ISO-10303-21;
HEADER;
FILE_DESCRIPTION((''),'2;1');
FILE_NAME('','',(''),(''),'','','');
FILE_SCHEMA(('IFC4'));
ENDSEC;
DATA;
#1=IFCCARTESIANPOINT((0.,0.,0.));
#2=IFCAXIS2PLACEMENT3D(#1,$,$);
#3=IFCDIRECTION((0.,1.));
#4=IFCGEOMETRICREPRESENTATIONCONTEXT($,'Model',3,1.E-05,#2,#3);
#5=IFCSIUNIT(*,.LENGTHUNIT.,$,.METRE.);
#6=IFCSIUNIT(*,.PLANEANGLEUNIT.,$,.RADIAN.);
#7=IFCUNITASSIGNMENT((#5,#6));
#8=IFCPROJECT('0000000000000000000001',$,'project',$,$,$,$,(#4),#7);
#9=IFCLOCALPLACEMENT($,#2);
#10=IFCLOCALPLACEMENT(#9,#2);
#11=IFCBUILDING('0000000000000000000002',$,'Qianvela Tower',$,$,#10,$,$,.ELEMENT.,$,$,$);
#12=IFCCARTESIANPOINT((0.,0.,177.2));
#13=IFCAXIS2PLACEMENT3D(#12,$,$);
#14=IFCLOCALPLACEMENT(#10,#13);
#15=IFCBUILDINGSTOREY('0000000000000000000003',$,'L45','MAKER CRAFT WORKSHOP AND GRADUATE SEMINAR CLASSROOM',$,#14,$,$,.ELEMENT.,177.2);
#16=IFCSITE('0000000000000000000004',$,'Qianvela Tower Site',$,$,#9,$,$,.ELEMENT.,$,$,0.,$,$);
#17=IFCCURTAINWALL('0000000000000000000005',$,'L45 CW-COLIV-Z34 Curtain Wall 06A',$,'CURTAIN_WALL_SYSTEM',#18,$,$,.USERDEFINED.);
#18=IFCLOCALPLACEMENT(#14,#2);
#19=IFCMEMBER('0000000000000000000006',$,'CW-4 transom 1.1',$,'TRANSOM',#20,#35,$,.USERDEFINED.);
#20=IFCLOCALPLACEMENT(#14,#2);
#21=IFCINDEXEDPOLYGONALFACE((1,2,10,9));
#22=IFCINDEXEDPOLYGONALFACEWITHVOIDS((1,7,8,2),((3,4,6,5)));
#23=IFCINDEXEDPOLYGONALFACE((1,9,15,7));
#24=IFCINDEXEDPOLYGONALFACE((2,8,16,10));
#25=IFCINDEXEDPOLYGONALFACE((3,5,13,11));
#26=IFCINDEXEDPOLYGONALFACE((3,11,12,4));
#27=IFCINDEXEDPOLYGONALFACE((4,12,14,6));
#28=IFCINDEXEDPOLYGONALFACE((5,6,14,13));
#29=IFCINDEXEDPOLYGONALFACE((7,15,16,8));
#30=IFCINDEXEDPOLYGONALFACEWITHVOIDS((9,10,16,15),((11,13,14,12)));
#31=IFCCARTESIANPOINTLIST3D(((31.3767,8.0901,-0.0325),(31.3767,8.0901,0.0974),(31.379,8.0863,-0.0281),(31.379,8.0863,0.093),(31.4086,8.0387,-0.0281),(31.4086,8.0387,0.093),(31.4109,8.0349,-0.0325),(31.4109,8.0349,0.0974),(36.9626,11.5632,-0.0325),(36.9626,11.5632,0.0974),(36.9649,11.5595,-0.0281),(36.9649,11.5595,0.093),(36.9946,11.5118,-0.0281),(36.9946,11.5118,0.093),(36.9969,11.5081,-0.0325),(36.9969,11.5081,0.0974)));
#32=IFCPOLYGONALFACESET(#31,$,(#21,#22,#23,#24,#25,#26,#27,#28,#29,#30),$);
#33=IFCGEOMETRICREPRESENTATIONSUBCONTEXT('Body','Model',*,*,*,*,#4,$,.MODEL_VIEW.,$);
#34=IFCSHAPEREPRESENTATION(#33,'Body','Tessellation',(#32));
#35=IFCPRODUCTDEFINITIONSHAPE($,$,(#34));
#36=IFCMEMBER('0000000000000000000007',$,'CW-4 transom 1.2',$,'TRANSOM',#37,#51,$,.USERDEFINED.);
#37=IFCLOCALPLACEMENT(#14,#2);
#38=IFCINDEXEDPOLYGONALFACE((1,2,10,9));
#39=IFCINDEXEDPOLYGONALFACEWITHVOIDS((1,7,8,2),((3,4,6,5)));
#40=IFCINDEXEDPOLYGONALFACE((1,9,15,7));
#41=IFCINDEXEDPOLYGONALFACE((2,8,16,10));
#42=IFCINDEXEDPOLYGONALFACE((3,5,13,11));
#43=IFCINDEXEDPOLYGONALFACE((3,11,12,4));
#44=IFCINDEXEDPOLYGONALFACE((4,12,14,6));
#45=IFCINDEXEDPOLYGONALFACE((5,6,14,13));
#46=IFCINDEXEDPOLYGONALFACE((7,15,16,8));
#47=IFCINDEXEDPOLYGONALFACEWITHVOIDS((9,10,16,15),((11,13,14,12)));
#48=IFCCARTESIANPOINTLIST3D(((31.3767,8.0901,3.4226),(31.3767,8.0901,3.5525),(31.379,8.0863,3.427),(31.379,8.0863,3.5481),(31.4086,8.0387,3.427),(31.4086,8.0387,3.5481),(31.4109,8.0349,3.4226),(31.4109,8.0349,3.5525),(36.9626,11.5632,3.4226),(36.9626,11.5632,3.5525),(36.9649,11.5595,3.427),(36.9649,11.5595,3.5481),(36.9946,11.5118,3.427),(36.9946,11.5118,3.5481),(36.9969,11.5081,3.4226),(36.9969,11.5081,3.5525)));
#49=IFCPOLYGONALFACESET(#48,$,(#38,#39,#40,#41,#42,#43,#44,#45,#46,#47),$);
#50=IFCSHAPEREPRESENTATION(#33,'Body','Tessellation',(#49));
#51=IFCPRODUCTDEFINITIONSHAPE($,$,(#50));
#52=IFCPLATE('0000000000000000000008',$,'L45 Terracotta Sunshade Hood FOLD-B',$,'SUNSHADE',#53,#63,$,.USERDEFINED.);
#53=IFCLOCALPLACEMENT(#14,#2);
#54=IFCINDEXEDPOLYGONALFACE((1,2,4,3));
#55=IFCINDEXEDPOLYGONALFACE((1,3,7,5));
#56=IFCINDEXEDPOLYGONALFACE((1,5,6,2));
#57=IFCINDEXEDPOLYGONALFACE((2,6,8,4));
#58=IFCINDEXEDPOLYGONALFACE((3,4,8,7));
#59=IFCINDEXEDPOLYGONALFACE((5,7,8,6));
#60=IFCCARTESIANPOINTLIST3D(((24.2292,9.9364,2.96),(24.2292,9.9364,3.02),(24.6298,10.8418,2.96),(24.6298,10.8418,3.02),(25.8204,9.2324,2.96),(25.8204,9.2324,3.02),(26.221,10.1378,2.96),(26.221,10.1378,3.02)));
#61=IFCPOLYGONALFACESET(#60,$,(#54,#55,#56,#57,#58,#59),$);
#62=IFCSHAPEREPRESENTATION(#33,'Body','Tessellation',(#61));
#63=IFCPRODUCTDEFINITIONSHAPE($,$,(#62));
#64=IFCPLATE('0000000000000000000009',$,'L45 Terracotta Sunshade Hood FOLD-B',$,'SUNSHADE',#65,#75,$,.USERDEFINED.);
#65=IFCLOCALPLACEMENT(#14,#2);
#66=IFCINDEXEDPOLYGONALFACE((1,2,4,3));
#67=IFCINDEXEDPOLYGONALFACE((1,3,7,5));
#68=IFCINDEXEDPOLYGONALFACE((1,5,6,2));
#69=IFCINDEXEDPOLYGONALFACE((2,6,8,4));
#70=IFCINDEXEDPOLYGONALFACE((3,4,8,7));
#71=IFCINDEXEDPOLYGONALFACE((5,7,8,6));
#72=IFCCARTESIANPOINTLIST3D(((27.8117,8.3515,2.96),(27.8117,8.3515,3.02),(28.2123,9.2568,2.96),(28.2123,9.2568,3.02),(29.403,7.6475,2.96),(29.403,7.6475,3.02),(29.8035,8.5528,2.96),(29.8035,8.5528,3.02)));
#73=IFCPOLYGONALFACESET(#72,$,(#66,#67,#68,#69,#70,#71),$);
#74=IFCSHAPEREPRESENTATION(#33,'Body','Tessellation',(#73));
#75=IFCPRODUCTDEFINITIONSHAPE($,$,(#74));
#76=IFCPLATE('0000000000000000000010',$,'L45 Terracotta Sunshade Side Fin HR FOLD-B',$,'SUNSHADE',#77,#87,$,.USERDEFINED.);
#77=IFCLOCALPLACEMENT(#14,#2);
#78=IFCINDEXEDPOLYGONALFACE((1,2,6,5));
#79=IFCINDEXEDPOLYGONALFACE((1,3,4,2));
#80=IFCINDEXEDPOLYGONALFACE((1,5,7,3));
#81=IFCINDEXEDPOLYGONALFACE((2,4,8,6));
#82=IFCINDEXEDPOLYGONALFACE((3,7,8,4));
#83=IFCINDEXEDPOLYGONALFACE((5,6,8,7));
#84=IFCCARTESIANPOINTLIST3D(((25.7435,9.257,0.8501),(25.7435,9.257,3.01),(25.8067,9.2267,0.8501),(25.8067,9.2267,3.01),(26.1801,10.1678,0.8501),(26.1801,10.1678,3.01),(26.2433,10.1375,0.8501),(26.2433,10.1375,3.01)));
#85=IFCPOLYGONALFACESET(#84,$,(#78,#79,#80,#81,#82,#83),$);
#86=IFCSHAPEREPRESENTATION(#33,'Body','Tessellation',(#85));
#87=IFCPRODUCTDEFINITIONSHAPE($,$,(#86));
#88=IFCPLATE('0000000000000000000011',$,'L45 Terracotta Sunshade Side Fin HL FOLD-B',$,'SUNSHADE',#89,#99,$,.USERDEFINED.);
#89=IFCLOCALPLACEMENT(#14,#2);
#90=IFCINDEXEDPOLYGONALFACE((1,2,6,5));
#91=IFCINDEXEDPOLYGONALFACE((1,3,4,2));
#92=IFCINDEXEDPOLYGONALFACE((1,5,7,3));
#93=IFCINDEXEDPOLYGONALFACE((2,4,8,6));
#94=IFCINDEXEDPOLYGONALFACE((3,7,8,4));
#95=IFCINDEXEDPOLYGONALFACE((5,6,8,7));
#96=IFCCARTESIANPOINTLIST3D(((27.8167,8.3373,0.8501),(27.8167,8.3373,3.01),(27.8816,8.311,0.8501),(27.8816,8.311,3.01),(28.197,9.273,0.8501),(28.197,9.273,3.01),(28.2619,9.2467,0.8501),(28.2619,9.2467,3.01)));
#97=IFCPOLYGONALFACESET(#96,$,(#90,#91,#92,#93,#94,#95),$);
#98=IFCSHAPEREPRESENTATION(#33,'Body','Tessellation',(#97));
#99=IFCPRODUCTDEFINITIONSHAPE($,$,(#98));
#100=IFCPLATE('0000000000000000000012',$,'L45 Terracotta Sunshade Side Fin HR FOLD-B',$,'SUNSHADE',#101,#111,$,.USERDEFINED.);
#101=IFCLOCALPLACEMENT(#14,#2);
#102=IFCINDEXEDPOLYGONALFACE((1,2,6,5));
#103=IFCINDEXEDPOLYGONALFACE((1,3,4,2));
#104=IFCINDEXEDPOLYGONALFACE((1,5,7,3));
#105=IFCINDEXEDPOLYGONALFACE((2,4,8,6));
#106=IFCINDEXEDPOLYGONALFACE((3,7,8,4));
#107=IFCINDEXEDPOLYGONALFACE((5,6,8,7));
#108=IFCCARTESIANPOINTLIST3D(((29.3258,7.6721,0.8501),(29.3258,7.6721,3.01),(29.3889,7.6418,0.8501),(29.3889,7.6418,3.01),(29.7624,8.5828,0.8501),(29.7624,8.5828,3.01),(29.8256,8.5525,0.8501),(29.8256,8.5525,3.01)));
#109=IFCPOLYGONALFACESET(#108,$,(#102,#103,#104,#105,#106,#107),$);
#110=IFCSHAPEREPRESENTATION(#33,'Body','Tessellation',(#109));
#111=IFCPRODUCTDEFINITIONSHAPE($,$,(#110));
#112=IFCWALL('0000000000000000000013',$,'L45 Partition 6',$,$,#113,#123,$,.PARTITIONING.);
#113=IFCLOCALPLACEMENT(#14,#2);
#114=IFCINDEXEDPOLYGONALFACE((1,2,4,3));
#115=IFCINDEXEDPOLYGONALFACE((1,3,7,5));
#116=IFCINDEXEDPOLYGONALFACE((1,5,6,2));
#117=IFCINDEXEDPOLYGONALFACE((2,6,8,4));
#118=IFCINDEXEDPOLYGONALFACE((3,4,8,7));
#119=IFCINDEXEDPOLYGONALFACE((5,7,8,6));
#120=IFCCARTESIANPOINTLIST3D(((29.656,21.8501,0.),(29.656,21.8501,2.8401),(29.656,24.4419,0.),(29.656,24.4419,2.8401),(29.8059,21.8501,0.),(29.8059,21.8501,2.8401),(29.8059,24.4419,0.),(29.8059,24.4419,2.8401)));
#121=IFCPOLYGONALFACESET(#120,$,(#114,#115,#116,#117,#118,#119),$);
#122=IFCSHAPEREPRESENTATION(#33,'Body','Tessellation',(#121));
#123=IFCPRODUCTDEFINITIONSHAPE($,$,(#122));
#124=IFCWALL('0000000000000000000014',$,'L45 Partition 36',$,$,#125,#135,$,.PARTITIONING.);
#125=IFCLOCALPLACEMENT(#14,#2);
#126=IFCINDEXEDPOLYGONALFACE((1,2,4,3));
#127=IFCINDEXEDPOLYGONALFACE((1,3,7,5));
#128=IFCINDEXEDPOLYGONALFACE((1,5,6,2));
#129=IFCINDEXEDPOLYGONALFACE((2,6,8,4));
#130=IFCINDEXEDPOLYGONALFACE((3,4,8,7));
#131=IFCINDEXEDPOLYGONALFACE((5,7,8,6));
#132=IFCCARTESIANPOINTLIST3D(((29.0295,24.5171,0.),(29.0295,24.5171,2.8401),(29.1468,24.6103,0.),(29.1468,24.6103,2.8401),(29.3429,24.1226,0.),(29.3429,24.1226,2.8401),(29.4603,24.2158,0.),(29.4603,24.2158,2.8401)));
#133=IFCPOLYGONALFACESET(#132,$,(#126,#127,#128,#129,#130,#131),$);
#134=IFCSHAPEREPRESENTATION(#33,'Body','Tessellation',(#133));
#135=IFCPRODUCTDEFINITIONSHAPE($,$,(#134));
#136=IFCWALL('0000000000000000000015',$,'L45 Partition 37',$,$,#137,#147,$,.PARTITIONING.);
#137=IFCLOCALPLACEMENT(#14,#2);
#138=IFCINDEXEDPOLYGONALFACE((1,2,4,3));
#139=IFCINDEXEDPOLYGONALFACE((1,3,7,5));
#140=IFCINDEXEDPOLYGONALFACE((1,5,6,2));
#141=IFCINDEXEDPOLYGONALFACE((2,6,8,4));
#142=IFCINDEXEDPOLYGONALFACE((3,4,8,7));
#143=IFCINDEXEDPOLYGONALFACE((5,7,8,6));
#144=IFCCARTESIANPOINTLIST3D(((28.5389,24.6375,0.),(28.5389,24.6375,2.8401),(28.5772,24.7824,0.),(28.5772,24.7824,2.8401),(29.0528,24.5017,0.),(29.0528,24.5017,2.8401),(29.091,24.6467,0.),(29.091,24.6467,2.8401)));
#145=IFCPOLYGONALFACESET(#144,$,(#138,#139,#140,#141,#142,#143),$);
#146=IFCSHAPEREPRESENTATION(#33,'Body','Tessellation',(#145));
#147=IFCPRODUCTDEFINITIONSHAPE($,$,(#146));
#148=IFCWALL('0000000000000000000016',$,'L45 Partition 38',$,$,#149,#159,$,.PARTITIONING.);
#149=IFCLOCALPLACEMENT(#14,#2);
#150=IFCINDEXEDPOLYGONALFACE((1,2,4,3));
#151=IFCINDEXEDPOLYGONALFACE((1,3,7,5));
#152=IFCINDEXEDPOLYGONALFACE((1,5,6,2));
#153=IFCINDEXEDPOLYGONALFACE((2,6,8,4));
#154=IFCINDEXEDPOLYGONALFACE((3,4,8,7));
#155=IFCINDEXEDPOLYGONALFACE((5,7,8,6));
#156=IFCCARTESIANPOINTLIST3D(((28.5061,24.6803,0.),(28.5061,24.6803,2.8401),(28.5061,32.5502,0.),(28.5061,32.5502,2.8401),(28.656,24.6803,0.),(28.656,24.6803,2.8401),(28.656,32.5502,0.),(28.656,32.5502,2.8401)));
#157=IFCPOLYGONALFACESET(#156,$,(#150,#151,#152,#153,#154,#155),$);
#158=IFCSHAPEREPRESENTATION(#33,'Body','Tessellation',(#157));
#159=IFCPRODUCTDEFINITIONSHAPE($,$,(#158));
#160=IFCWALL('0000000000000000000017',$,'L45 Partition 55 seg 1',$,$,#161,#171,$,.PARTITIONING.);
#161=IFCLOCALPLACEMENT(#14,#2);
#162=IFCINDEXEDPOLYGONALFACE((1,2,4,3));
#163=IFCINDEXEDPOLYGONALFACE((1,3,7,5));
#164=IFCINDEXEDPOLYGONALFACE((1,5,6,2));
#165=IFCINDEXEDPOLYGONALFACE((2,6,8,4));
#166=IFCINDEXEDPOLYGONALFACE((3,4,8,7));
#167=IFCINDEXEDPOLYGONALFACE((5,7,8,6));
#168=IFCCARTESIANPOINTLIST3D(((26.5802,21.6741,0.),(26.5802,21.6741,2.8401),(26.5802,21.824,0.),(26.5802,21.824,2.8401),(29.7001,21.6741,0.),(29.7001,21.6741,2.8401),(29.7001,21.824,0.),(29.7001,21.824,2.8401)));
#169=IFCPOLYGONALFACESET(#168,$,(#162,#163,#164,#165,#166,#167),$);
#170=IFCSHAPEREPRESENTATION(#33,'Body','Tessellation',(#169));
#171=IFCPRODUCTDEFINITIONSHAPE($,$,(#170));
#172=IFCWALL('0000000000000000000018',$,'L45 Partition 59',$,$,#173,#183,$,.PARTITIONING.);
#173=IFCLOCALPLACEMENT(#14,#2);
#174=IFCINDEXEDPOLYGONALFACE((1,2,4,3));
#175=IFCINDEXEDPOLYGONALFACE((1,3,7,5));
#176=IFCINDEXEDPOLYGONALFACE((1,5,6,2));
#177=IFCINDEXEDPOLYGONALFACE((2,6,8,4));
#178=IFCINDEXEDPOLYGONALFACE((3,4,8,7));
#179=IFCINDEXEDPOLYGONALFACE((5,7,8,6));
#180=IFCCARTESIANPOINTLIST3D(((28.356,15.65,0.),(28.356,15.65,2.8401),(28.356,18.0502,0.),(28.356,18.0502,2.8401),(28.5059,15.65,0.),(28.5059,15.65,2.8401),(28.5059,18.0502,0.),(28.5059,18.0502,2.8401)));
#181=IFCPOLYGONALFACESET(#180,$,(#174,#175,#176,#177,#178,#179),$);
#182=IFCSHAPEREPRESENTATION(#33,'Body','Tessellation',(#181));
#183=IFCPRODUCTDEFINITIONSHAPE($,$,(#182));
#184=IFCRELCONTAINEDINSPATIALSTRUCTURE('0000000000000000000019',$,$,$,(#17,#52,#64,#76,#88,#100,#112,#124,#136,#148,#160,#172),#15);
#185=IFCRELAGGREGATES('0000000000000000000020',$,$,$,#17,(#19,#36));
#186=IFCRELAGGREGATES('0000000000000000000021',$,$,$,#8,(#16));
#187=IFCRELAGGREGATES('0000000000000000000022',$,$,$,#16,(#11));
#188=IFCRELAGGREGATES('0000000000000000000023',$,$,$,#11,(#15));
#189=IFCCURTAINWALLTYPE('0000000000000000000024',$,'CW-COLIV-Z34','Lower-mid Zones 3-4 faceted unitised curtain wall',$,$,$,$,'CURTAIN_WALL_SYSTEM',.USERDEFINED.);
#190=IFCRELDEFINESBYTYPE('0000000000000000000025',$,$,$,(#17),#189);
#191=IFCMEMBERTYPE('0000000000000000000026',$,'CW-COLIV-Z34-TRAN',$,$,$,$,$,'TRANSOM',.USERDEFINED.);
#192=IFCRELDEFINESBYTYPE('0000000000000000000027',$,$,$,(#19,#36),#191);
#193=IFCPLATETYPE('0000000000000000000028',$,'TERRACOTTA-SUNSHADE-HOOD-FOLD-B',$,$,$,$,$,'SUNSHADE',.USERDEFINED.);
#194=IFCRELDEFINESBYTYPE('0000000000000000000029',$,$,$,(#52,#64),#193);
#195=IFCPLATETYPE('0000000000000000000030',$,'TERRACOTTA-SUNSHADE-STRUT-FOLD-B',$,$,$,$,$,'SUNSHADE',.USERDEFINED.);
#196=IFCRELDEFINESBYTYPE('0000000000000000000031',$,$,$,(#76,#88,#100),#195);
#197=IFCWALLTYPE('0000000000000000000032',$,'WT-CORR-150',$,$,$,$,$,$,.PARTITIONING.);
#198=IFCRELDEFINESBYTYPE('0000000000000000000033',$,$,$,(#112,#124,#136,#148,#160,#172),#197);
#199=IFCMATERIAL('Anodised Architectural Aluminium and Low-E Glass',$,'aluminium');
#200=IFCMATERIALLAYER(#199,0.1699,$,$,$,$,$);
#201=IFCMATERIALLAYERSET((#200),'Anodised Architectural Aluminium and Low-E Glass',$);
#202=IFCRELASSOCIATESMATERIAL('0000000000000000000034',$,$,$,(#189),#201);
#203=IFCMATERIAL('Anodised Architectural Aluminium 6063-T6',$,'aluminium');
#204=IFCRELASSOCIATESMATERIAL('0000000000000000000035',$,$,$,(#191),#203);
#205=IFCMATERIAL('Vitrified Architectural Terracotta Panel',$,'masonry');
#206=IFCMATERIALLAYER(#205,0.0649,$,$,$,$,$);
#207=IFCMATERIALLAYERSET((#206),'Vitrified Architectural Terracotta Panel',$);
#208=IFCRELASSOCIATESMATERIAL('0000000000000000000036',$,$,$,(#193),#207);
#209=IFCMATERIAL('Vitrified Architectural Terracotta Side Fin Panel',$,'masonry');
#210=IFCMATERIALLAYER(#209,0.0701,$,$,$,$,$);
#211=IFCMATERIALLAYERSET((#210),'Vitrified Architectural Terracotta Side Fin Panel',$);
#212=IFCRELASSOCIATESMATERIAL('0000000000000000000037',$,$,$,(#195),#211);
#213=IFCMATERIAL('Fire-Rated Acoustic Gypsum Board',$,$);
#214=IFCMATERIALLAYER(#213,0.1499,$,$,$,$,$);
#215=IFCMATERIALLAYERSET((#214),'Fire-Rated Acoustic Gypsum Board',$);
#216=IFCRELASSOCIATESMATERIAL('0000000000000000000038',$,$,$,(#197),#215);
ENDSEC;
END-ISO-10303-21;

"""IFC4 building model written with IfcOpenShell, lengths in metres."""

from ifc_helpers import new_model, si_unit, direction, frame, frame_2d, origin, origin_2d, place, context, subcontext, project, spatial, rectangle, hollow_rectangle, extrude, material, layer, layer_set, material_profile, profile_set, type_object, element, aggregate, save


model = new_model("IFC4")

# Units and contexts
model_context = context("Model", 3, precision=1e-05, world=origin(), true_north=direction((0.0, 1.0)))
body_context = subcontext(model_context, "Body", "Model", "MODEL_VIEW")
ifc_project = project(units=[si_unit("LENGTHUNIT", "METRE"), si_unit("PLANEANGLEUNIT", "RADIAN")], contexts=[model_context])

# Site, building, storey
site_placement = place(None, origin())
site = spatial("IfcSite", under=ifc_project, at=site_placement, Name="Qianvela Tower Site", CompositionType="ELEMENT", RefElevation=0.0)
building_placement = place(site_placement, origin())
building = spatial("IfcBuilding", under=site, at=building_placement, Name="Qianvela Tower", CompositionType="ELEMENT")
storey_placement = place(building_placement, frame((0.0, 0.0, 177.2)))
storey = spatial("IfcBuildingStorey", under=building, at=storey_placement, Name="L45", Description="MAKER CRAFT WORKSHOP AND GRADUATE SEMINAR CLASSROOM", CompositionType="ELEMENT", Elevation=177.2)

# Curtain wall, members
ifc_material_1 = material(Name="Anodised Architectural Aluminium and Low-E Glass", Category="aluminium")
ifc_layer_1 = layer(ifc_material_1, 0.1699)
ifc_layer_set_1 = layer_set([ifc_layer_1], Name="Anodised Architectural Aluminium and Low-E Glass")
curtain_wall_type = type_object("IfcCurtainWallType", Name="CW-COLIV-Z34", Description="Lower-mid Zones 3-4 faceted unitised curtain wall", ElementType="CURTAIN_WALL_SYSTEM", PredefinedType="USERDEFINED", material=ifc_layer_set_1)
curtain_wall_placement = place(storey_placement, origin())
curtain_wall = element("IfcCurtainWall", 1, at=curtain_wall_placement, inside=storey, type_object=curtain_wall_type, Name="L45 CW-COLIV-Z34 Curtain Wall 06A", ObjectType="CURTAIN_WALL_SYSTEM", PredefinedType="USERDEFINED")
ifc_material_2 = material(Name="Anodised Architectural Aluminium 6063-T6", Category="aluminium")
ifc_material_profile_1 = material_profile(ifc_material_2, hollow_rectangle(XDim=0.0649, YDim=0.1299, WallThickness=0.0044, at=origin_2d()), Name="ALU-TRAN-65x130")
ifc_profile_set_1 = profile_set([ifc_material_profile_1], Name="Anodised Architectural Aluminium 6063-T6")
member_type_1 = type_object("IfcMemberType", Name="CW-COLIV-Z34-TRAN", ElementType="TRANSOM", PredefinedType="USERDEFINED", material=ifc_profile_set_1)
member_1_placement = place(storey_placement, frame((31.3938, 8.0625, 0.0325), z_axis=(0.84923, 0.528022, 0.0), x_axis=(-0.528022, 0.84923, 0.0)))
member_1 = element("IfcMember", 2, at=member_1_placement, type_object=member_type_1, Name="CW-4 transom 1.1", ObjectType="TRANSOM", PredefinedType="USERDEFINED", context=body_context, shape_type="SweptSolid", body=[
    extrude(hollow_rectangle(XDim=0.0649, YDim=0.1299, WallThickness=0.0044, at=origin_2d()), origin(), (0.0, 0.0, 1.0), 6.5776),
])
member_2_placement = place(storey_placement, frame((31.3938, 8.0625, 3.4875), z_axis=(0.84923, 0.528022, 0.0), x_axis=(-0.528022, 0.84923, 0.0)))
member_2 = element("IfcMember", 3, at=member_2_placement, type_object=member_type_1, Name="CW-4 transom 1.2", ObjectType="TRANSOM", PredefinedType="USERDEFINED", context=body_context, shape_type="SweptSolid", body=[
    extrude(hollow_rectangle(XDim=0.0649, YDim=0.1299, WallThickness=0.0044, at=origin_2d()), origin(), (0.0, 0.0, 1.0), 6.5776),
])
aggregate(curtain_wall, [member_1, member_2])

# Plates
ifc_material_3 = material(Name="Vitrified Architectural Terracotta Panel", Category="masonry")
ifc_layer_2 = layer(ifc_material_3, 0.0649)
ifc_layer_set_2 = layer_set([ifc_layer_2], Name="Vitrified Architectural Terracotta Panel")
plate_type_1 = type_object("IfcPlateType", Name="TERRACOTTA-SUNSHADE-HOOD-FOLD-B", ElementType="SUNSHADE", PredefinedType="USERDEFINED", material=ifc_layer_set_2)
for number, where, z_axis, x_axis, name in (
    (4, (25.2251, 10.0371, 2.96), (0.0, 0.0, 1.0), (0.914496, -0.404596, 0.0), "L45 Terracotta Sunshade Hood FOLD-B"),
    (5, (28.8076, 8.4521, 2.96), (0.0, 0.0, 1.0), (0.914496, -0.404596, 0.0), "L45 Terracotta Sunshade Hood FOLD-B"),
):
    element("IfcPlate", number, at=place(storey_placement, frame(where, z_axis=z_axis, x_axis=x_axis)), inside=storey, type_object=plate_type_1, Name=name, ObjectType="SUNSHADE", PredefinedType="USERDEFINED", context=body_context, shape_type="SweptSolid", body=[
        extrude(rectangle(XDim=1.74, YDim=0.99, at=origin_2d()), origin(), (0.0, 0.0, 1.0), 0.0601),
    ])
ifc_material_4 = material(Name="Vitrified Architectural Terracotta Side Fin Panel", Category="masonry")
ifc_layer_3 = layer(ifc_material_4, 0.0701)
ifc_layer_set_3 = layer_set([ifc_layer_3], Name="Vitrified Architectural Terracotta Side Fin Panel")
plate_type_2 = type_object("IfcPlateType", Name="TERRACOTTA-SUNSHADE-STRUT-FOLD-B", ElementType="SUNSHADE", PredefinedType="USERDEFINED", material=ifc_layer_set_3)
for number, where, z_axis, x_axis, name in (
    (6, (25.9934, 9.6973, 0.8501), (0.0, 0.0, 1.0), (0.901713, -0.432334, 0.0), "L45 Terracotta Sunshade Side Fin HR FOLD-B"),
    (7, (28.0393, 8.792, 0.8501), (0.0, 0.0, 1.0), (0.926425, -0.37648, 0.0), "L45 Terracotta Sunshade Side Fin HL FOLD-B"),
    (8, (29.5757, 8.1123, 0.8501), (0.0, 0.0, 1.0), (0.901713, -0.432334, 0.0), "L45 Terracotta Sunshade Side Fin HR FOLD-B"),
):
    element("IfcPlate", number, at=place(storey_placement, frame(where, z_axis=z_axis, x_axis=x_axis)), inside=storey, type_object=plate_type_2, Name=name, ObjectType="SUNSHADE", PredefinedType="USERDEFINED", context=body_context, shape_type="SweptSolid", body=[
        extrude(rectangle(XDim=0.0701, YDim=1.01, at=origin_2d()), origin(), (0.0, 0.0, 1.0), 2.1599),
    ])

# Walls
ifc_material_5 = material(Name="Fire-Rated Acoustic Gypsum Board")
ifc_layer_4 = layer(ifc_material_5, 0.1499)
ifc_layer_set_4 = layer_set([ifc_layer_4], Name="Fire-Rated Acoustic Gypsum Board")
wall_type_1 = type_object("IfcWallType", Name="WT-CORR-150", PredefinedType="PARTITIONING", material=ifc_layer_set_4)
wall_1_placement = place(storey_placement, frame((29.731, 21.8501, 0.0), z_axis=(0.0, 0.0, 1.0), x_axis=(0.0, 1.0, 0.0)))
element("IfcWall", 9, at=wall_1_placement, inside=storey, type_object=wall_type_1, Name="L45 Partition 6", PredefinedType="PARTITIONING", context=body_context, shape_type="SweptSolid", body=[
    extrude(rectangle(XDim=2.5918, YDim=0.1499, at=frame_2d((1.2959, 0.0))), origin(), (0.0, 0.0, 1.0), 2.8401),
])
wall_2_placement = place(storey_placement, frame((29.4016, 24.1692, 0.0), z_axis=(0.0, 0.0, 1.0), x_axis=(-0.622092, 0.782944, 0.0)))
element("IfcWall", 10, at=wall_2_placement, inside=storey, type_object=wall_type_1, Name="L45 Partition 36", PredefinedType="PARTITIONING", context=body_context, shape_type="SweptSolid", body=[
    extrude(rectangle(XDim=0.5039, YDim=0.1499, at=frame_2d((0.252, 0.0))), origin(), (0.0, 0.0, 1.0), 2.8401),
])
wall_3_placement = place(storey_placement, frame((29.0718, 24.5742, 0.0), z_axis=(0.0, 0.0, 1.0), x_axis=(-0.966842, 0.255375, 0.0)))
element("IfcWall", 11, at=wall_3_placement, inside=storey, type_object=wall_type_1, Name="L45 Partition 37", PredefinedType="PARTITIONING", context=body_context, shape_type="SweptSolid", body=[
    extrude(rectangle(XDim=0.5315, YDim=0.1499, at=frame_2d((0.2656, 0.0))), origin(), (0.0, 0.0, 1.0), 2.8401),
])
wall_4_placement = place(storey_placement, frame((28.5811, 24.6802, 0.0), z_axis=(0.0, 0.0, 1.0), x_axis=(0.0, 1.0, 0.0)))
element("IfcWall", 12, at=wall_4_placement, inside=storey, type_object=wall_type_1, Name="L45 Partition 38", PredefinedType="PARTITIONING", context=body_context, shape_type="SweptSolid", body=[
    extrude(rectangle(XDim=7.8699, YDim=0.1499, at=frame_2d((3.9351, 0.0))), origin(), (0.0, 0.0, 1.0), 2.8401),
])
wall_5_placement = place(storey_placement, frame((26.5801, 21.749, 0.0), z_axis=(0.0, 0.0, 1.0), x_axis=(1.0, 0.0, 0.0)))
element("IfcWall", 13, at=wall_5_placement, inside=storey, type_object=wall_type_1, Name="L45 Partition 55 seg 1", PredefinedType="PARTITIONING", context=body_context, shape_type="SweptSolid", body=[
    extrude(rectangle(XDim=3.1199, YDim=0.1499, at=frame_2d((1.5601, 0.0))), origin(), (0.0, 0.0, 1.0), 2.8401),
])
wall_6_placement = place(storey_placement, frame((28.4309, 15.6499, 0.0), z_axis=(0.0, 0.0, 1.0), x_axis=(0.0, 1.0, 0.0)))
element("IfcWall", 14, at=wall_6_placement, inside=storey, type_object=wall_type_1, Name="L45 Partition 59", PredefinedType="PARTITIONING", context=body_context, shape_type="SweptSolid", body=[
    extrude(rectangle(XDim=2.4001, YDim=0.1499, at=frame_2d((1.2002, 0.0))), origin(), (0.0, 0.0, 1.0), 2.8401),
])

save(model, "model.ifc")
